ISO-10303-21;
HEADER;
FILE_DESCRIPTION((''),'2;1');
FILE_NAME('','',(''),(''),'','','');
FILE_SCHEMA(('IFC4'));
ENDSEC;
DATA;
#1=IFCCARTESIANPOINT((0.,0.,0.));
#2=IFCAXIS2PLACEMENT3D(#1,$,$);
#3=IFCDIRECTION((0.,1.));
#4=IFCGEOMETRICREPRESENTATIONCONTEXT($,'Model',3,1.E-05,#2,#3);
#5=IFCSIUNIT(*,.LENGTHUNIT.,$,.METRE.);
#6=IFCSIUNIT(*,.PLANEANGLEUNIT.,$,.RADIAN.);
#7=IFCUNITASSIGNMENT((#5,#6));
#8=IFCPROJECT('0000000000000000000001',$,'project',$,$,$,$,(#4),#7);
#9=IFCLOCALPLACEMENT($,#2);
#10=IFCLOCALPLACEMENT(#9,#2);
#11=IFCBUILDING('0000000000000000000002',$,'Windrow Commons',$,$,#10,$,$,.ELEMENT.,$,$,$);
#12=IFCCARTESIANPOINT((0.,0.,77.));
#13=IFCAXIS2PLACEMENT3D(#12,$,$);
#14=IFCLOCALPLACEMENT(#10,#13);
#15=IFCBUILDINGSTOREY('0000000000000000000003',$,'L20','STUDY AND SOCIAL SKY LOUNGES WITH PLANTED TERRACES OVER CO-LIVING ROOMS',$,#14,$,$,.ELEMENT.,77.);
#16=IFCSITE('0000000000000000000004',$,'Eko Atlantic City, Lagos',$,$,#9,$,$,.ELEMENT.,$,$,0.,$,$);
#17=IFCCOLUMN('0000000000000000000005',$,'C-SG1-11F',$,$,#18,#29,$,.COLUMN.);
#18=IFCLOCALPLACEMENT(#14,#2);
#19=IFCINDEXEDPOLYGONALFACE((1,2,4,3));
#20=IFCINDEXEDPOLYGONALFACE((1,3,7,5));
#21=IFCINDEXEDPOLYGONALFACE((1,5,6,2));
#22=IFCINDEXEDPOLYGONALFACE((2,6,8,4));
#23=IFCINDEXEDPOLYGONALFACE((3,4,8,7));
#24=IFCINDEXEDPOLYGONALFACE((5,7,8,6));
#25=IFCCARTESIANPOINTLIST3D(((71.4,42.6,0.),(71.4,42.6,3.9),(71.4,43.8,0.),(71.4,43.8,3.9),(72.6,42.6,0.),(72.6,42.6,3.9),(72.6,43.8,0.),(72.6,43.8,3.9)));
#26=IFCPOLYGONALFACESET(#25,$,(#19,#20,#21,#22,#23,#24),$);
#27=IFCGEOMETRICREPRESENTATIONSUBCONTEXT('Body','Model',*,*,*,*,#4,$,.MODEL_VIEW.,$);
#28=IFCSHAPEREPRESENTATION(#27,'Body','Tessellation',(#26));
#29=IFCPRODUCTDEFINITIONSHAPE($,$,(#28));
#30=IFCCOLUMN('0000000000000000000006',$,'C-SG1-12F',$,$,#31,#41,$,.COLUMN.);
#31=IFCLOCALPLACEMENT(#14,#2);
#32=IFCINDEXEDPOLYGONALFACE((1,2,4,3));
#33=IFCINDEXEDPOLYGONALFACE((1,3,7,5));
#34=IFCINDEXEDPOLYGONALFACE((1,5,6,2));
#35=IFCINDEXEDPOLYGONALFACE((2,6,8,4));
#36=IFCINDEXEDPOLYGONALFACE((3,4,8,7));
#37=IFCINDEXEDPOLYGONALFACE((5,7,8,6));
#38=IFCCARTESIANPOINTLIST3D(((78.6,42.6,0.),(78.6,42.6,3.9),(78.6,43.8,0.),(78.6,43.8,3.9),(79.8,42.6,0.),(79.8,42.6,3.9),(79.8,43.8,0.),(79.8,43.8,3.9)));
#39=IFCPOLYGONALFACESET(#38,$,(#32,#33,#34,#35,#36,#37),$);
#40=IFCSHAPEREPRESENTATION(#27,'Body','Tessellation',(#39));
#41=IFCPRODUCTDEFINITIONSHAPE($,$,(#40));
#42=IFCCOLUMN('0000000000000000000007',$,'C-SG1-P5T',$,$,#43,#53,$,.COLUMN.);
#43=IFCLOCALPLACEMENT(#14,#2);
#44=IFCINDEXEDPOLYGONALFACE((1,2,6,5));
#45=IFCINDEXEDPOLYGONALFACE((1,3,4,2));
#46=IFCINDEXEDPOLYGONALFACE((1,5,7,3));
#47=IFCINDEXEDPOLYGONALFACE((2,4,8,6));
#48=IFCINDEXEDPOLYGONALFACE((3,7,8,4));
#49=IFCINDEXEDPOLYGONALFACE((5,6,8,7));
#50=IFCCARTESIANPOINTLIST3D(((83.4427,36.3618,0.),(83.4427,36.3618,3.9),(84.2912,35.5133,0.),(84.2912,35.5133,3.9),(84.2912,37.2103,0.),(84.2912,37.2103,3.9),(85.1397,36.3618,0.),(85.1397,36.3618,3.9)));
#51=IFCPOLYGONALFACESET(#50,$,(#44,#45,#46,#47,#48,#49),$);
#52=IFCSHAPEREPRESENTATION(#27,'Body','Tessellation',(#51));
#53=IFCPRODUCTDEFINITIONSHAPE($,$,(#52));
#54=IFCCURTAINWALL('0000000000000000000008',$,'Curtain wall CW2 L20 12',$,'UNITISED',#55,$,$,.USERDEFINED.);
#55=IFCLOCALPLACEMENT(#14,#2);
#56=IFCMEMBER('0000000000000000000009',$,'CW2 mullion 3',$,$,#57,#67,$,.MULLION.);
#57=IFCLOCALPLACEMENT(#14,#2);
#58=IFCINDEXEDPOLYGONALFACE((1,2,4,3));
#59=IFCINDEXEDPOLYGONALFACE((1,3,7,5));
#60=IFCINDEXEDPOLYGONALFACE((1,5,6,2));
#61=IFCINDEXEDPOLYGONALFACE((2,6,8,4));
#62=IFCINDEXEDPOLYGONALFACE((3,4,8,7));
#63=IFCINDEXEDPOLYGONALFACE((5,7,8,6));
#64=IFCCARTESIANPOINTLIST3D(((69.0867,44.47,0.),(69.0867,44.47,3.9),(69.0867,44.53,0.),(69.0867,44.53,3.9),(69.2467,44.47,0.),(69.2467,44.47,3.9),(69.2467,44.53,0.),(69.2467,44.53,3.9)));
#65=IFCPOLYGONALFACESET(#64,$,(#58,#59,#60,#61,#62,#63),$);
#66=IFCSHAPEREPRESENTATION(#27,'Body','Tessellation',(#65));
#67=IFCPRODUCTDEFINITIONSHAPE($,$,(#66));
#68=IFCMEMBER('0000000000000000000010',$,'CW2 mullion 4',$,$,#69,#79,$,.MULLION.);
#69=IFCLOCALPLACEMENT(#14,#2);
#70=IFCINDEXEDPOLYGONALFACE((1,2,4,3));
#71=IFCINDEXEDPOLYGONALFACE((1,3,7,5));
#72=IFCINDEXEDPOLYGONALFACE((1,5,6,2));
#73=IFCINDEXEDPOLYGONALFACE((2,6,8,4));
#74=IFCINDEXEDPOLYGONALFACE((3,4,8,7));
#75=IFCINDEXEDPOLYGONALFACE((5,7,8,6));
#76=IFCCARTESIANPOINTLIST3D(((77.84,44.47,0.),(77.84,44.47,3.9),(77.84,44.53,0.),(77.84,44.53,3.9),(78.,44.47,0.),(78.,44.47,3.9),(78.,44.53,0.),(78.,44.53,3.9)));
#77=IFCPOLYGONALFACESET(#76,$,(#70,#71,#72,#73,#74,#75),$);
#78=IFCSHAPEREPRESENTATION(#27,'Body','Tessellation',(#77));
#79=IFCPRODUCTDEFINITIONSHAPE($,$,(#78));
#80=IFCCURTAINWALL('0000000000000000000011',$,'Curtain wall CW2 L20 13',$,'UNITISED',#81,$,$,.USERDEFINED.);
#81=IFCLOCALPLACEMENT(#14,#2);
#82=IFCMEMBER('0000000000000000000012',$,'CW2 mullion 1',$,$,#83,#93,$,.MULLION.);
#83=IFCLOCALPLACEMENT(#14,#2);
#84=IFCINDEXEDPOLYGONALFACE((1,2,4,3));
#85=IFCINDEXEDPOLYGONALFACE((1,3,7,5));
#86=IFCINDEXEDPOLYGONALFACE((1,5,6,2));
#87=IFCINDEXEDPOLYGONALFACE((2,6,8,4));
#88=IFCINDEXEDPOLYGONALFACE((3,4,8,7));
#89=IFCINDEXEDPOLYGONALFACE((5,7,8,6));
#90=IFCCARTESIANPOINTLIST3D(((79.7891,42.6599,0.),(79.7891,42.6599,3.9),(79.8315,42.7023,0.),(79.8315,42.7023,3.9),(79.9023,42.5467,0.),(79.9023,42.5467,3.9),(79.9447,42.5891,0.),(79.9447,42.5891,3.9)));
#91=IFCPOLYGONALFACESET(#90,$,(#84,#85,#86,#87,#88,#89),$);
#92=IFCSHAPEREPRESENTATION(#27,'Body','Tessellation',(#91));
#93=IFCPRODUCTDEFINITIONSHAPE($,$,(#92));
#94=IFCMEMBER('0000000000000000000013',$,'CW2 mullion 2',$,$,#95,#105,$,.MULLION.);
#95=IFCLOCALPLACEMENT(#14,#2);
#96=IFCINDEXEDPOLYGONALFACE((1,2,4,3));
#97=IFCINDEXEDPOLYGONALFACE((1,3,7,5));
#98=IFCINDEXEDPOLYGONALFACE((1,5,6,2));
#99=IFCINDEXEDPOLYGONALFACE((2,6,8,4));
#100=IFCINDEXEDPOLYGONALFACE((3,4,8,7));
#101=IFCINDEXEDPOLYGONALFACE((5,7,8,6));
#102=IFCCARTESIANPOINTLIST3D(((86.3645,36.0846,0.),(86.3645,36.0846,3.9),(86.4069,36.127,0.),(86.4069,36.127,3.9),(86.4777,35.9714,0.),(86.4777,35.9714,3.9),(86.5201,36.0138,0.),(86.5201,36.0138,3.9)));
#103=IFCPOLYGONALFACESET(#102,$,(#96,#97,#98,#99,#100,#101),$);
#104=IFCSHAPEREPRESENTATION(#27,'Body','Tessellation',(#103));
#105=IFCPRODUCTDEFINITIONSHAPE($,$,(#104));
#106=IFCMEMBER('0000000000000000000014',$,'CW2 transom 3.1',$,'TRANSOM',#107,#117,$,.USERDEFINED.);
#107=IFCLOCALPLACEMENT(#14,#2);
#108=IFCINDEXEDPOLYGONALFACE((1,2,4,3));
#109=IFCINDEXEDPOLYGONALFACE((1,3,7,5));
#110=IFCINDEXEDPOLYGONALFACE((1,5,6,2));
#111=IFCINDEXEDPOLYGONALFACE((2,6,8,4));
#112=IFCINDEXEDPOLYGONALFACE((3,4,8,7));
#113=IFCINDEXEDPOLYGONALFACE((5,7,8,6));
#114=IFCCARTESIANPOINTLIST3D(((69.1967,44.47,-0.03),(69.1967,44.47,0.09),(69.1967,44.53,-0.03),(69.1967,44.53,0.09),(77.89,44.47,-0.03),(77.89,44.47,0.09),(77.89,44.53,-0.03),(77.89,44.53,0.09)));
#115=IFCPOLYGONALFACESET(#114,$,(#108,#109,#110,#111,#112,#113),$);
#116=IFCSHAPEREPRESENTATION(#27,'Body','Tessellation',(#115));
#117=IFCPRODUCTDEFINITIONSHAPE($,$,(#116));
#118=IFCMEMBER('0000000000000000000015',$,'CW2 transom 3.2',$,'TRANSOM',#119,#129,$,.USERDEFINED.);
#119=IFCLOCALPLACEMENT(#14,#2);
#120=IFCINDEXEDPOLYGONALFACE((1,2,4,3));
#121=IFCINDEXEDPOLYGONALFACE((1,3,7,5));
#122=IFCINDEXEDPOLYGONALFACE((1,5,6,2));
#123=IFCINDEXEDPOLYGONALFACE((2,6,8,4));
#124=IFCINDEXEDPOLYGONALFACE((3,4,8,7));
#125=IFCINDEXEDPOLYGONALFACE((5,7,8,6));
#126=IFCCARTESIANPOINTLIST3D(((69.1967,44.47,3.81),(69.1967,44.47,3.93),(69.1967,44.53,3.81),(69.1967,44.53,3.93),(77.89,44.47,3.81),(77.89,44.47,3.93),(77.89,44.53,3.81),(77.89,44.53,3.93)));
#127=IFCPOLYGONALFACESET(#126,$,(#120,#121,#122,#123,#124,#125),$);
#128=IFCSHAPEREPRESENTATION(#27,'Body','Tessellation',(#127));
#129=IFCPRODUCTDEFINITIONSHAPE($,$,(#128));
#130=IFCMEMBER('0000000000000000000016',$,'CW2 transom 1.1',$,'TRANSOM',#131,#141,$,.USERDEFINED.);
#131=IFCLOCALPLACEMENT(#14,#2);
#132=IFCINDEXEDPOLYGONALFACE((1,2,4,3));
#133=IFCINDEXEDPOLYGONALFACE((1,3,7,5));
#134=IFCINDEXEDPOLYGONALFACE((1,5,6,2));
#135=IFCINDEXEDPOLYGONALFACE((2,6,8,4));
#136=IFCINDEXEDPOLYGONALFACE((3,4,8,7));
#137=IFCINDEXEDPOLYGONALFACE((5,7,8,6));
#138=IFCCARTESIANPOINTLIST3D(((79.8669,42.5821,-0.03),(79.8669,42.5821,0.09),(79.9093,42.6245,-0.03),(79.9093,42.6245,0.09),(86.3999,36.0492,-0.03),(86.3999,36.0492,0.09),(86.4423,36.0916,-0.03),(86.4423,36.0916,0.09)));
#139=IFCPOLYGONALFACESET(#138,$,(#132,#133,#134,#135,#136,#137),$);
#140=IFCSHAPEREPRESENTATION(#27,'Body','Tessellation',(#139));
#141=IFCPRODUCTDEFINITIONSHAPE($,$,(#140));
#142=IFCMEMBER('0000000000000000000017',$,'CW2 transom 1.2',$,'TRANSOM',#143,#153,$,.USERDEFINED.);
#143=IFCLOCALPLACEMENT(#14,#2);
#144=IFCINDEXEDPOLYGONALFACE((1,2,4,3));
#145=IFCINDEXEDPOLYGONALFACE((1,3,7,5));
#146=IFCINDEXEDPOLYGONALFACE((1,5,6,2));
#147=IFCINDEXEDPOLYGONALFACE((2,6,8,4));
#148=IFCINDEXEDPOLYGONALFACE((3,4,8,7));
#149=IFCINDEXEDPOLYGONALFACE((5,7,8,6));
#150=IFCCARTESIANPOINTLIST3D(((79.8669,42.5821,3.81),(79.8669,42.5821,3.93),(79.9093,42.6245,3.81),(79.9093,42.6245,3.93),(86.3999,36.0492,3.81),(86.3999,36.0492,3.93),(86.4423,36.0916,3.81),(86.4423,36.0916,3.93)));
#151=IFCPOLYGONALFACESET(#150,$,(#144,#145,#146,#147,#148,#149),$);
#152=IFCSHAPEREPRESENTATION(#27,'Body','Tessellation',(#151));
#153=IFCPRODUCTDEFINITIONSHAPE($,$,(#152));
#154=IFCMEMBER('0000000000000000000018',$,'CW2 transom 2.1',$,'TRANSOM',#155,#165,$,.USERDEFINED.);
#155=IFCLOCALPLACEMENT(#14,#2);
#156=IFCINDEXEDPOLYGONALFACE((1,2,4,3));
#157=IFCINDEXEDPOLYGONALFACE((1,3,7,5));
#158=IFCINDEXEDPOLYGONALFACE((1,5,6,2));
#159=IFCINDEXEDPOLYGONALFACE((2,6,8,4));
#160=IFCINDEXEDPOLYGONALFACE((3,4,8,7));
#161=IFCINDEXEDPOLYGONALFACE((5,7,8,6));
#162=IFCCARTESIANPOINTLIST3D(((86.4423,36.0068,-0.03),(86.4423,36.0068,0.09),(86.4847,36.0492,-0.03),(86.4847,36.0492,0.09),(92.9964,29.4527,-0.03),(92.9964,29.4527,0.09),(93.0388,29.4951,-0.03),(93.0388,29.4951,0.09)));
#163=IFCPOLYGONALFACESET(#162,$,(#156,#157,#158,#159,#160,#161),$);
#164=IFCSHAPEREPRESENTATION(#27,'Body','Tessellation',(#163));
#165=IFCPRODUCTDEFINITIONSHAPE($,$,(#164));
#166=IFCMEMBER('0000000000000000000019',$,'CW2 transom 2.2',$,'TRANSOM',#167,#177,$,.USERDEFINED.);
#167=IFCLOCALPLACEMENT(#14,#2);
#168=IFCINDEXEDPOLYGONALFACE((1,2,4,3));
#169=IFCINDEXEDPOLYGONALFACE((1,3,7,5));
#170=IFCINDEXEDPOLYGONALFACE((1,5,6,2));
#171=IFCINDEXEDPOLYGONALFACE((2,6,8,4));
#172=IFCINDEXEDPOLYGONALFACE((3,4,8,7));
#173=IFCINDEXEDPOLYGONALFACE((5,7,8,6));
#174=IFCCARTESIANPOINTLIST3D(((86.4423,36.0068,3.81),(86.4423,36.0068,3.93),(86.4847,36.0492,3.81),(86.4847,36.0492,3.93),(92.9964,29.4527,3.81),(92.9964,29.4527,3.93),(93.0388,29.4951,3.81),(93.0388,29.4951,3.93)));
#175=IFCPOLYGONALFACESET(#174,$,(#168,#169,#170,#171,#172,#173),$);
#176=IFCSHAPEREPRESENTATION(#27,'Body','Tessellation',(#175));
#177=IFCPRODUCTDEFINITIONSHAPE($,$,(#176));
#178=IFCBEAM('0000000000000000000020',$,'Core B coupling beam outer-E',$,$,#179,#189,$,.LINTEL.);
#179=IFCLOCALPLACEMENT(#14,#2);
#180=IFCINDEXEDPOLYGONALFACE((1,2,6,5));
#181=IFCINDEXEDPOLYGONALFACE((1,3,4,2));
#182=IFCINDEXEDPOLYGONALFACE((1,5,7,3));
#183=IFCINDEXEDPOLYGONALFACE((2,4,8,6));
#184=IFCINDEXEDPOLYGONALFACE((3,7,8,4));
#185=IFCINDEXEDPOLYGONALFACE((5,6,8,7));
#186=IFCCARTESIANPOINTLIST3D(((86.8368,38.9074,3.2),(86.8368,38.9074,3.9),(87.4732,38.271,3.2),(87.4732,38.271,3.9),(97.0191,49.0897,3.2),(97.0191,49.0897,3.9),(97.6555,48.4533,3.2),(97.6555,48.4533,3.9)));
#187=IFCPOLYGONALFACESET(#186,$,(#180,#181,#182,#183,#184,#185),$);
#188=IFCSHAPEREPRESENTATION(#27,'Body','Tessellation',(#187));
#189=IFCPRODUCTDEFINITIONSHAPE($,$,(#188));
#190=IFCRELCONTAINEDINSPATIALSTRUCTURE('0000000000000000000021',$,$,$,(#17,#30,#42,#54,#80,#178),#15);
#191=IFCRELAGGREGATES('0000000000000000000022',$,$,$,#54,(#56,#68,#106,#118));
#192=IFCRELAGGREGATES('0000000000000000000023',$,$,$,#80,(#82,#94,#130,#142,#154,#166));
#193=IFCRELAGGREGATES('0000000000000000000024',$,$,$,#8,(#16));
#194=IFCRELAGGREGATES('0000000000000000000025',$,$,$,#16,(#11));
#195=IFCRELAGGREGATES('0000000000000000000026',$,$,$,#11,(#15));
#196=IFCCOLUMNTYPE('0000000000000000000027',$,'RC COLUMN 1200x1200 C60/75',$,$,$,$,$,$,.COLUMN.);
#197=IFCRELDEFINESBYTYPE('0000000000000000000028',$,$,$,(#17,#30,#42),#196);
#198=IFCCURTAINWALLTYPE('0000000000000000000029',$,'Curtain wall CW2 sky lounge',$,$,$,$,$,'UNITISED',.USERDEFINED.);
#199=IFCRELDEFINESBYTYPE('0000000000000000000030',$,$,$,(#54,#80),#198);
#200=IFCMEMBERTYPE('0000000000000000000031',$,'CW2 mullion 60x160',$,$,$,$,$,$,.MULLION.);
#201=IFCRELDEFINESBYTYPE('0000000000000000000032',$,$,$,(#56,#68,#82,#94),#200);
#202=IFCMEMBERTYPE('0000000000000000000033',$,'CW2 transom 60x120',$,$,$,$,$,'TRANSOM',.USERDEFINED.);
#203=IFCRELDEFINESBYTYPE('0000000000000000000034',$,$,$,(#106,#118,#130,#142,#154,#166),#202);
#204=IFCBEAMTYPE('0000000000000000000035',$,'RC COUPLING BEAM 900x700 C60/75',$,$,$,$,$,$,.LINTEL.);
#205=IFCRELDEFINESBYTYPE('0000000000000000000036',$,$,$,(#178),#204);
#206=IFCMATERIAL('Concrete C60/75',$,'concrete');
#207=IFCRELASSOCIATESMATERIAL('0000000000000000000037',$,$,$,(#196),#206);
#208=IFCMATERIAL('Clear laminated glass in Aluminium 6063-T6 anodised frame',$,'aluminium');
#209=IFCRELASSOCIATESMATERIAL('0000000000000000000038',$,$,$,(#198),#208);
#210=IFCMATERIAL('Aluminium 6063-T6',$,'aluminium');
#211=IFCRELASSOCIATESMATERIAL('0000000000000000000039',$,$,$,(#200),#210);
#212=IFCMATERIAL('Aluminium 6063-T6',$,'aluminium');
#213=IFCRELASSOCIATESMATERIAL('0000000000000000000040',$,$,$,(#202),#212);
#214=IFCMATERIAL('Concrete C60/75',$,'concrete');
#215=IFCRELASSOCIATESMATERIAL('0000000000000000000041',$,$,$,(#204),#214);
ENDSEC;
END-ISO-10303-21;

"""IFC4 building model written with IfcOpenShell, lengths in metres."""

from ifc_helpers import new_model, si_unit, direction, frame, origin, origin_2d, place, context, subcontext, project, spatial, rectangle, extrude, material, material_profile, profile_set, type_object, element, aggregate, save


model = new_model("IFC4")

# Units and contexts
model_context = context("Model", 3, precision=1e-05, world=origin(), true_north=direction((0.0, 1.0)))
body_context = subcontext(model_context, "Body", "Model", "MODEL_VIEW")
ifc_project = project(units=[si_unit("LENGTHUNIT", "METRE"), si_unit("PLANEANGLEUNIT", "RADIAN")], contexts=[model_context])

# Site, building, storey
site_placement = place(None, origin())
site = spatial("IfcSite", under=ifc_project, at=site_placement, Name="Eko Atlantic City, Lagos", CompositionType="ELEMENT", RefElevation=0.0)
building_placement = place(site_placement, origin())
building = spatial("IfcBuilding", under=site, at=building_placement, Name="Windrow Commons", CompositionType="ELEMENT")
storey_placement = place(building_placement, frame((0.0, 0.0, 77.0)))
storey = spatial("IfcBuildingStorey", under=building, at=storey_placement, Name="L20", Description="STUDY AND SOCIAL SKY LOUNGES WITH PLANTED TERRACES OVER CO-LIVING ROOMS", CompositionType="ELEMENT", Elevation=77.0)

# Columns
ifc_material_1 = material(Name="Concrete C60/75", Category="concrete")
ifc_material_profile_1 = material_profile(ifc_material_1, rectangle(XDim=1.2, YDim=1.2, at=origin_2d()))
ifc_profile_set_1 = profile_set([ifc_material_profile_1], Name="Concrete C60/75")
column_type = type_object("IfcColumnType", Name="RC COLUMN 1200x1200 C60/75", PredefinedType="COLUMN", material=ifc_profile_set_1)
for number, where, z_axis, x_axis, name in (
    (1, (72.0, 43.2, 0.0), (0.0, 0.0, 1.0), (1.0, 0.0, 0.0), "C-SG1-11F"),
    (2, (79.2, 43.2, 0.0), (0.0, 0.0, 1.0), (1.0, 0.0, 0.0), "C-SG1-12F"),
    (3, (84.2912, 36.3618, 0.0), (0.0, 0.0, 1.0), (0.707107, -0.707107, 0.0), "C-SG1-P5T"),
):
    element("IfcColumn", number, at=place(storey_placement, frame(where, z_axis=z_axis, x_axis=x_axis)), inside=storey, type_object=column_type, Name=name, PredefinedType="COLUMN", context=body_context, shape_type="SweptSolid", body=[
        extrude(rectangle(XDim=1.2, YDim=1.2, at=origin_2d()), origin(), (0.0, 0.0, 1.0), 3.9),
    ])

# Curtain walls, members
ifc_material_2 = material(Name="Clear laminated glass in Aluminium 6063-T6 anodised frame", Category="aluminium")
curtain_wall_type = type_object("IfcCurtainWallType", Name="Curtain wall CW2 sky lounge", ElementType="UNITISED", PredefinedType="USERDEFINED", material=ifc_material_2)
placement = place(storey_placement, origin())
curtain_wall_1 = element("IfcCurtainWall", 4, at=placement, inside=storey, type_object=curtain_wall_type, Name="Curtain wall CW2 L20 12", ObjectType="UNITISED", PredefinedType="USERDEFINED")
ifc_material_3 = material(Name="Aluminium 6063-T6", Category="aluminium")
ifc_material_profile_2 = material_profile(ifc_material_3, rectangle(XDim=0.06, YDim=0.16, at=origin_2d()))
ifc_profile_set_2 = profile_set([ifc_material_profile_2], Name="Aluminium 6063-T6")
member_type_1 = type_object("IfcMemberType", Name="CW2 mullion 60x160", PredefinedType="MULLION", material=ifc_profile_set_2)
member_1_placement = place(storey_placement, frame((69.1667, 44.5, 0.0), z_axis=(0.0, 0.0, 1.0), x_axis=(0.0, 1.0, 0.0)))
member_1 = element("IfcMember", 5, at=member_1_placement, type_object=member_type_1, Name="CW2 mullion 3", PredefinedType="MULLION", context=body_context, shape_type="SweptSolid", body=[
    extrude(rectangle(XDim=0.06, YDim=0.16, at=origin_2d()), origin(), (0.0, 0.0, 1.0), 3.9),
])
member_2_placement = place(storey_placement, frame((77.92, 44.5, 0.0), z_axis=(0.0, 0.0, 1.0), x_axis=(0.0, 1.0, 0.0)))
member_2 = element("IfcMember", 6, at=member_2_placement, type_object=member_type_1, Name="CW2 mullion 4", PredefinedType="MULLION", context=body_context, shape_type="SweptSolid", body=[
    extrude(rectangle(XDim=0.06, YDim=0.16, at=origin_2d()), origin(), (0.0, 0.0, 1.0), 3.9),
])
curtain_wall_2 = element("IfcCurtainWall", 7, at=placement, inside=storey, type_object=curtain_wall_type, Name="Curtain wall CW2 L20 13", ObjectType="UNITISED", PredefinedType="USERDEFINED")
member_3_placement = place(storey_placement, frame((79.8669, 42.6245, 0.0), z_axis=(0.0, 0.0, 1.0), x_axis=(0.707105, 0.707108, 0.0)))
member_3 = element("IfcMember", 8, at=member_3_placement, type_object=member_type_1, Name="CW2 mullion 1", PredefinedType="MULLION", context=body_context, shape_type="SweptSolid", body=[
    extrude(rectangle(XDim=0.06, YDim=0.16, at=origin_2d()), origin(), (0.0, 0.0, 1.0), 3.9),
])
member_4_placement = place(storey_placement, frame((86.4423, 36.0492, 0.0), z_axis=(0.0, 0.0, 1.0), x_axis=(0.707105, 0.707108, 0.0)))
member_4 = element("IfcMember", 9, at=member_4_placement, type_object=member_type_1, Name="CW2 mullion 2", PredefinedType="MULLION", context=body_context, shape_type="SweptSolid", body=[
    extrude(rectangle(XDim=0.06, YDim=0.16, at=origin_2d()), origin(), (0.0, 0.0, 1.0), 3.9),
])

# Members
ifc_material_4 = material(Name="Aluminium 6063-T6", Category="aluminium")
ifc_material_profile_3 = material_profile(ifc_material_4, rectangle(XDim=0.06, YDim=0.12, at=origin_2d()))
ifc_profile_set_3 = profile_set([ifc_material_profile_3], Name="Aluminium 6063-T6")
member_type_2 = type_object("IfcMemberType", Name="CW2 transom 60x120", ElementType="TRANSOM", PredefinedType="USERDEFINED", material=ifc_profile_set_3)
member_5_placement = place(storey_placement, frame((69.1967, 44.5, 0.03), z_axis=(1.0, 0.0, 0.0), x_axis=(0.0, 1.0, 0.0)))
member_5 = element("IfcMember", 10, at=member_5_placement, type_object=member_type_2, Name="CW2 transom 3.1", ObjectType="TRANSOM", PredefinedType="USERDEFINED", context=body_context, shape_type="SweptSolid", body=[
    extrude(rectangle(XDim=0.06, YDim=0.12, at=origin_2d()), origin(), (0.0, 0.0, 1.0), 8.6933),
])
member_6_placement = place(storey_placement, frame((69.1967, 44.5, 3.87), z_axis=(1.0, 0.0, 0.0), x_axis=(0.0, 1.0, 0.0)))
member_6 = element("IfcMember", 11, at=member_6_placement, type_object=member_type_2, Name="CW2 transom 3.2", ObjectType="TRANSOM", PredefinedType="USERDEFINED", context=body_context, shape_type="SweptSolid", body=[
    extrude(rectangle(XDim=0.06, YDim=0.12, at=origin_2d()), origin(), (0.0, 0.0, 1.0), 8.6933),
])
member_7_placement = place(storey_placement, frame((79.8881, 42.6033, 0.03), z_axis=(0.707112, -0.707101, 0.0), x_axis=(0.707101, 0.707112, 0.0)))
member_7 = element("IfcMember", 12, at=member_7_placement, type_object=member_type_2, Name="CW2 transom 1.1", ObjectType="TRANSOM", PredefinedType="USERDEFINED", context=body_context, shape_type="SweptSolid", body=[
    extrude(rectangle(XDim=0.06, YDim=0.12, at=origin_2d()), origin(), (0.0, 0.0, 1.0), 9.239),
])
member_8_placement = place(storey_placement, frame((79.8881, 42.6033, 3.87), z_axis=(0.707112, -0.707101, 0.0), x_axis=(0.707101, 0.707112, 0.0)))
member_8 = element("IfcMember", 13, at=member_8_placement, type_object=member_type_2, Name="CW2 transom 1.2", ObjectType="TRANSOM", PredefinedType="USERDEFINED", context=body_context, shape_type="SweptSolid", body=[
    extrude(rectangle(XDim=0.06, YDim=0.12, at=origin_2d()), origin(), (0.0, 0.0, 1.0), 9.239),
])
member_9_placement = place(storey_placement, frame((86.4635, 36.028, 0.03), z_axis=(0.707107, -0.707107, 0.0), x_axis=(0.707107, 0.707107, 0.0)))
member_9 = element("IfcMember", 14, at=member_9_placement, type_object=member_type_2, Name="CW2 transom 2.1", ObjectType="TRANSOM", PredefinedType="USERDEFINED", context=body_context, shape_type="SweptSolid", body=[
    extrude(rectangle(XDim=0.06, YDim=0.12, at=origin_2d()), origin(), (0.0, 0.0, 1.0), 9.2689),
])
member_10_placement = place(storey_placement, frame((86.4635, 36.028, 3.87), z_axis=(0.707107, -0.707107, 0.0), x_axis=(0.707107, 0.707107, 0.0)))
member_10 = element("IfcMember", 15, at=member_10_placement, type_object=member_type_2, Name="CW2 transom 2.2", ObjectType="TRANSOM", PredefinedType="USERDEFINED", context=body_context, shape_type="SweptSolid", body=[
    extrude(rectangle(XDim=0.06, YDim=0.12, at=origin_2d()), origin(), (0.0, 0.0, 1.0), 9.2689),
])

# Beam
ifc_material_5 = material(Name="Concrete C60/75", Category="concrete")
ifc_material_profile_4 = material_profile(ifc_material_5, rectangle(XDim=0.9, YDim=0.7, at=origin_2d()))
ifc_profile_set_4 = profile_set([ifc_material_profile_4], Name="Concrete C60/75")
beam_type = type_object("IfcBeamType", Name="RC COUPLING BEAM 900x700 C60/75", PredefinedType="LINTEL", material=ifc_profile_set_4)
beam_placement = place(storey_placement, frame((87.155, 38.5892, 3.55), z_axis=(0.707107, 0.707107, 0.0), x_axis=(-0.707107, 0.707107, 0.0)))
element("IfcBeam", 16, at=beam_placement, inside=storey, type_object=beam_type, Name="Core B coupling beam outer-E", PredefinedType="LINTEL", context=body_context, shape_type="SweptSolid", body=[
    extrude(rectangle(XDim=0.9, YDim=0.7, at=origin_2d()), origin(), (0.0, 0.0, 1.0), 14.3999),
])

aggregate(curtain_wall_1, [member_1, member_2, member_5, member_6])
aggregate(curtain_wall_2, [member_3, member_4, member_7, member_8, member_9, member_10])

save(model, "model.ifc")
